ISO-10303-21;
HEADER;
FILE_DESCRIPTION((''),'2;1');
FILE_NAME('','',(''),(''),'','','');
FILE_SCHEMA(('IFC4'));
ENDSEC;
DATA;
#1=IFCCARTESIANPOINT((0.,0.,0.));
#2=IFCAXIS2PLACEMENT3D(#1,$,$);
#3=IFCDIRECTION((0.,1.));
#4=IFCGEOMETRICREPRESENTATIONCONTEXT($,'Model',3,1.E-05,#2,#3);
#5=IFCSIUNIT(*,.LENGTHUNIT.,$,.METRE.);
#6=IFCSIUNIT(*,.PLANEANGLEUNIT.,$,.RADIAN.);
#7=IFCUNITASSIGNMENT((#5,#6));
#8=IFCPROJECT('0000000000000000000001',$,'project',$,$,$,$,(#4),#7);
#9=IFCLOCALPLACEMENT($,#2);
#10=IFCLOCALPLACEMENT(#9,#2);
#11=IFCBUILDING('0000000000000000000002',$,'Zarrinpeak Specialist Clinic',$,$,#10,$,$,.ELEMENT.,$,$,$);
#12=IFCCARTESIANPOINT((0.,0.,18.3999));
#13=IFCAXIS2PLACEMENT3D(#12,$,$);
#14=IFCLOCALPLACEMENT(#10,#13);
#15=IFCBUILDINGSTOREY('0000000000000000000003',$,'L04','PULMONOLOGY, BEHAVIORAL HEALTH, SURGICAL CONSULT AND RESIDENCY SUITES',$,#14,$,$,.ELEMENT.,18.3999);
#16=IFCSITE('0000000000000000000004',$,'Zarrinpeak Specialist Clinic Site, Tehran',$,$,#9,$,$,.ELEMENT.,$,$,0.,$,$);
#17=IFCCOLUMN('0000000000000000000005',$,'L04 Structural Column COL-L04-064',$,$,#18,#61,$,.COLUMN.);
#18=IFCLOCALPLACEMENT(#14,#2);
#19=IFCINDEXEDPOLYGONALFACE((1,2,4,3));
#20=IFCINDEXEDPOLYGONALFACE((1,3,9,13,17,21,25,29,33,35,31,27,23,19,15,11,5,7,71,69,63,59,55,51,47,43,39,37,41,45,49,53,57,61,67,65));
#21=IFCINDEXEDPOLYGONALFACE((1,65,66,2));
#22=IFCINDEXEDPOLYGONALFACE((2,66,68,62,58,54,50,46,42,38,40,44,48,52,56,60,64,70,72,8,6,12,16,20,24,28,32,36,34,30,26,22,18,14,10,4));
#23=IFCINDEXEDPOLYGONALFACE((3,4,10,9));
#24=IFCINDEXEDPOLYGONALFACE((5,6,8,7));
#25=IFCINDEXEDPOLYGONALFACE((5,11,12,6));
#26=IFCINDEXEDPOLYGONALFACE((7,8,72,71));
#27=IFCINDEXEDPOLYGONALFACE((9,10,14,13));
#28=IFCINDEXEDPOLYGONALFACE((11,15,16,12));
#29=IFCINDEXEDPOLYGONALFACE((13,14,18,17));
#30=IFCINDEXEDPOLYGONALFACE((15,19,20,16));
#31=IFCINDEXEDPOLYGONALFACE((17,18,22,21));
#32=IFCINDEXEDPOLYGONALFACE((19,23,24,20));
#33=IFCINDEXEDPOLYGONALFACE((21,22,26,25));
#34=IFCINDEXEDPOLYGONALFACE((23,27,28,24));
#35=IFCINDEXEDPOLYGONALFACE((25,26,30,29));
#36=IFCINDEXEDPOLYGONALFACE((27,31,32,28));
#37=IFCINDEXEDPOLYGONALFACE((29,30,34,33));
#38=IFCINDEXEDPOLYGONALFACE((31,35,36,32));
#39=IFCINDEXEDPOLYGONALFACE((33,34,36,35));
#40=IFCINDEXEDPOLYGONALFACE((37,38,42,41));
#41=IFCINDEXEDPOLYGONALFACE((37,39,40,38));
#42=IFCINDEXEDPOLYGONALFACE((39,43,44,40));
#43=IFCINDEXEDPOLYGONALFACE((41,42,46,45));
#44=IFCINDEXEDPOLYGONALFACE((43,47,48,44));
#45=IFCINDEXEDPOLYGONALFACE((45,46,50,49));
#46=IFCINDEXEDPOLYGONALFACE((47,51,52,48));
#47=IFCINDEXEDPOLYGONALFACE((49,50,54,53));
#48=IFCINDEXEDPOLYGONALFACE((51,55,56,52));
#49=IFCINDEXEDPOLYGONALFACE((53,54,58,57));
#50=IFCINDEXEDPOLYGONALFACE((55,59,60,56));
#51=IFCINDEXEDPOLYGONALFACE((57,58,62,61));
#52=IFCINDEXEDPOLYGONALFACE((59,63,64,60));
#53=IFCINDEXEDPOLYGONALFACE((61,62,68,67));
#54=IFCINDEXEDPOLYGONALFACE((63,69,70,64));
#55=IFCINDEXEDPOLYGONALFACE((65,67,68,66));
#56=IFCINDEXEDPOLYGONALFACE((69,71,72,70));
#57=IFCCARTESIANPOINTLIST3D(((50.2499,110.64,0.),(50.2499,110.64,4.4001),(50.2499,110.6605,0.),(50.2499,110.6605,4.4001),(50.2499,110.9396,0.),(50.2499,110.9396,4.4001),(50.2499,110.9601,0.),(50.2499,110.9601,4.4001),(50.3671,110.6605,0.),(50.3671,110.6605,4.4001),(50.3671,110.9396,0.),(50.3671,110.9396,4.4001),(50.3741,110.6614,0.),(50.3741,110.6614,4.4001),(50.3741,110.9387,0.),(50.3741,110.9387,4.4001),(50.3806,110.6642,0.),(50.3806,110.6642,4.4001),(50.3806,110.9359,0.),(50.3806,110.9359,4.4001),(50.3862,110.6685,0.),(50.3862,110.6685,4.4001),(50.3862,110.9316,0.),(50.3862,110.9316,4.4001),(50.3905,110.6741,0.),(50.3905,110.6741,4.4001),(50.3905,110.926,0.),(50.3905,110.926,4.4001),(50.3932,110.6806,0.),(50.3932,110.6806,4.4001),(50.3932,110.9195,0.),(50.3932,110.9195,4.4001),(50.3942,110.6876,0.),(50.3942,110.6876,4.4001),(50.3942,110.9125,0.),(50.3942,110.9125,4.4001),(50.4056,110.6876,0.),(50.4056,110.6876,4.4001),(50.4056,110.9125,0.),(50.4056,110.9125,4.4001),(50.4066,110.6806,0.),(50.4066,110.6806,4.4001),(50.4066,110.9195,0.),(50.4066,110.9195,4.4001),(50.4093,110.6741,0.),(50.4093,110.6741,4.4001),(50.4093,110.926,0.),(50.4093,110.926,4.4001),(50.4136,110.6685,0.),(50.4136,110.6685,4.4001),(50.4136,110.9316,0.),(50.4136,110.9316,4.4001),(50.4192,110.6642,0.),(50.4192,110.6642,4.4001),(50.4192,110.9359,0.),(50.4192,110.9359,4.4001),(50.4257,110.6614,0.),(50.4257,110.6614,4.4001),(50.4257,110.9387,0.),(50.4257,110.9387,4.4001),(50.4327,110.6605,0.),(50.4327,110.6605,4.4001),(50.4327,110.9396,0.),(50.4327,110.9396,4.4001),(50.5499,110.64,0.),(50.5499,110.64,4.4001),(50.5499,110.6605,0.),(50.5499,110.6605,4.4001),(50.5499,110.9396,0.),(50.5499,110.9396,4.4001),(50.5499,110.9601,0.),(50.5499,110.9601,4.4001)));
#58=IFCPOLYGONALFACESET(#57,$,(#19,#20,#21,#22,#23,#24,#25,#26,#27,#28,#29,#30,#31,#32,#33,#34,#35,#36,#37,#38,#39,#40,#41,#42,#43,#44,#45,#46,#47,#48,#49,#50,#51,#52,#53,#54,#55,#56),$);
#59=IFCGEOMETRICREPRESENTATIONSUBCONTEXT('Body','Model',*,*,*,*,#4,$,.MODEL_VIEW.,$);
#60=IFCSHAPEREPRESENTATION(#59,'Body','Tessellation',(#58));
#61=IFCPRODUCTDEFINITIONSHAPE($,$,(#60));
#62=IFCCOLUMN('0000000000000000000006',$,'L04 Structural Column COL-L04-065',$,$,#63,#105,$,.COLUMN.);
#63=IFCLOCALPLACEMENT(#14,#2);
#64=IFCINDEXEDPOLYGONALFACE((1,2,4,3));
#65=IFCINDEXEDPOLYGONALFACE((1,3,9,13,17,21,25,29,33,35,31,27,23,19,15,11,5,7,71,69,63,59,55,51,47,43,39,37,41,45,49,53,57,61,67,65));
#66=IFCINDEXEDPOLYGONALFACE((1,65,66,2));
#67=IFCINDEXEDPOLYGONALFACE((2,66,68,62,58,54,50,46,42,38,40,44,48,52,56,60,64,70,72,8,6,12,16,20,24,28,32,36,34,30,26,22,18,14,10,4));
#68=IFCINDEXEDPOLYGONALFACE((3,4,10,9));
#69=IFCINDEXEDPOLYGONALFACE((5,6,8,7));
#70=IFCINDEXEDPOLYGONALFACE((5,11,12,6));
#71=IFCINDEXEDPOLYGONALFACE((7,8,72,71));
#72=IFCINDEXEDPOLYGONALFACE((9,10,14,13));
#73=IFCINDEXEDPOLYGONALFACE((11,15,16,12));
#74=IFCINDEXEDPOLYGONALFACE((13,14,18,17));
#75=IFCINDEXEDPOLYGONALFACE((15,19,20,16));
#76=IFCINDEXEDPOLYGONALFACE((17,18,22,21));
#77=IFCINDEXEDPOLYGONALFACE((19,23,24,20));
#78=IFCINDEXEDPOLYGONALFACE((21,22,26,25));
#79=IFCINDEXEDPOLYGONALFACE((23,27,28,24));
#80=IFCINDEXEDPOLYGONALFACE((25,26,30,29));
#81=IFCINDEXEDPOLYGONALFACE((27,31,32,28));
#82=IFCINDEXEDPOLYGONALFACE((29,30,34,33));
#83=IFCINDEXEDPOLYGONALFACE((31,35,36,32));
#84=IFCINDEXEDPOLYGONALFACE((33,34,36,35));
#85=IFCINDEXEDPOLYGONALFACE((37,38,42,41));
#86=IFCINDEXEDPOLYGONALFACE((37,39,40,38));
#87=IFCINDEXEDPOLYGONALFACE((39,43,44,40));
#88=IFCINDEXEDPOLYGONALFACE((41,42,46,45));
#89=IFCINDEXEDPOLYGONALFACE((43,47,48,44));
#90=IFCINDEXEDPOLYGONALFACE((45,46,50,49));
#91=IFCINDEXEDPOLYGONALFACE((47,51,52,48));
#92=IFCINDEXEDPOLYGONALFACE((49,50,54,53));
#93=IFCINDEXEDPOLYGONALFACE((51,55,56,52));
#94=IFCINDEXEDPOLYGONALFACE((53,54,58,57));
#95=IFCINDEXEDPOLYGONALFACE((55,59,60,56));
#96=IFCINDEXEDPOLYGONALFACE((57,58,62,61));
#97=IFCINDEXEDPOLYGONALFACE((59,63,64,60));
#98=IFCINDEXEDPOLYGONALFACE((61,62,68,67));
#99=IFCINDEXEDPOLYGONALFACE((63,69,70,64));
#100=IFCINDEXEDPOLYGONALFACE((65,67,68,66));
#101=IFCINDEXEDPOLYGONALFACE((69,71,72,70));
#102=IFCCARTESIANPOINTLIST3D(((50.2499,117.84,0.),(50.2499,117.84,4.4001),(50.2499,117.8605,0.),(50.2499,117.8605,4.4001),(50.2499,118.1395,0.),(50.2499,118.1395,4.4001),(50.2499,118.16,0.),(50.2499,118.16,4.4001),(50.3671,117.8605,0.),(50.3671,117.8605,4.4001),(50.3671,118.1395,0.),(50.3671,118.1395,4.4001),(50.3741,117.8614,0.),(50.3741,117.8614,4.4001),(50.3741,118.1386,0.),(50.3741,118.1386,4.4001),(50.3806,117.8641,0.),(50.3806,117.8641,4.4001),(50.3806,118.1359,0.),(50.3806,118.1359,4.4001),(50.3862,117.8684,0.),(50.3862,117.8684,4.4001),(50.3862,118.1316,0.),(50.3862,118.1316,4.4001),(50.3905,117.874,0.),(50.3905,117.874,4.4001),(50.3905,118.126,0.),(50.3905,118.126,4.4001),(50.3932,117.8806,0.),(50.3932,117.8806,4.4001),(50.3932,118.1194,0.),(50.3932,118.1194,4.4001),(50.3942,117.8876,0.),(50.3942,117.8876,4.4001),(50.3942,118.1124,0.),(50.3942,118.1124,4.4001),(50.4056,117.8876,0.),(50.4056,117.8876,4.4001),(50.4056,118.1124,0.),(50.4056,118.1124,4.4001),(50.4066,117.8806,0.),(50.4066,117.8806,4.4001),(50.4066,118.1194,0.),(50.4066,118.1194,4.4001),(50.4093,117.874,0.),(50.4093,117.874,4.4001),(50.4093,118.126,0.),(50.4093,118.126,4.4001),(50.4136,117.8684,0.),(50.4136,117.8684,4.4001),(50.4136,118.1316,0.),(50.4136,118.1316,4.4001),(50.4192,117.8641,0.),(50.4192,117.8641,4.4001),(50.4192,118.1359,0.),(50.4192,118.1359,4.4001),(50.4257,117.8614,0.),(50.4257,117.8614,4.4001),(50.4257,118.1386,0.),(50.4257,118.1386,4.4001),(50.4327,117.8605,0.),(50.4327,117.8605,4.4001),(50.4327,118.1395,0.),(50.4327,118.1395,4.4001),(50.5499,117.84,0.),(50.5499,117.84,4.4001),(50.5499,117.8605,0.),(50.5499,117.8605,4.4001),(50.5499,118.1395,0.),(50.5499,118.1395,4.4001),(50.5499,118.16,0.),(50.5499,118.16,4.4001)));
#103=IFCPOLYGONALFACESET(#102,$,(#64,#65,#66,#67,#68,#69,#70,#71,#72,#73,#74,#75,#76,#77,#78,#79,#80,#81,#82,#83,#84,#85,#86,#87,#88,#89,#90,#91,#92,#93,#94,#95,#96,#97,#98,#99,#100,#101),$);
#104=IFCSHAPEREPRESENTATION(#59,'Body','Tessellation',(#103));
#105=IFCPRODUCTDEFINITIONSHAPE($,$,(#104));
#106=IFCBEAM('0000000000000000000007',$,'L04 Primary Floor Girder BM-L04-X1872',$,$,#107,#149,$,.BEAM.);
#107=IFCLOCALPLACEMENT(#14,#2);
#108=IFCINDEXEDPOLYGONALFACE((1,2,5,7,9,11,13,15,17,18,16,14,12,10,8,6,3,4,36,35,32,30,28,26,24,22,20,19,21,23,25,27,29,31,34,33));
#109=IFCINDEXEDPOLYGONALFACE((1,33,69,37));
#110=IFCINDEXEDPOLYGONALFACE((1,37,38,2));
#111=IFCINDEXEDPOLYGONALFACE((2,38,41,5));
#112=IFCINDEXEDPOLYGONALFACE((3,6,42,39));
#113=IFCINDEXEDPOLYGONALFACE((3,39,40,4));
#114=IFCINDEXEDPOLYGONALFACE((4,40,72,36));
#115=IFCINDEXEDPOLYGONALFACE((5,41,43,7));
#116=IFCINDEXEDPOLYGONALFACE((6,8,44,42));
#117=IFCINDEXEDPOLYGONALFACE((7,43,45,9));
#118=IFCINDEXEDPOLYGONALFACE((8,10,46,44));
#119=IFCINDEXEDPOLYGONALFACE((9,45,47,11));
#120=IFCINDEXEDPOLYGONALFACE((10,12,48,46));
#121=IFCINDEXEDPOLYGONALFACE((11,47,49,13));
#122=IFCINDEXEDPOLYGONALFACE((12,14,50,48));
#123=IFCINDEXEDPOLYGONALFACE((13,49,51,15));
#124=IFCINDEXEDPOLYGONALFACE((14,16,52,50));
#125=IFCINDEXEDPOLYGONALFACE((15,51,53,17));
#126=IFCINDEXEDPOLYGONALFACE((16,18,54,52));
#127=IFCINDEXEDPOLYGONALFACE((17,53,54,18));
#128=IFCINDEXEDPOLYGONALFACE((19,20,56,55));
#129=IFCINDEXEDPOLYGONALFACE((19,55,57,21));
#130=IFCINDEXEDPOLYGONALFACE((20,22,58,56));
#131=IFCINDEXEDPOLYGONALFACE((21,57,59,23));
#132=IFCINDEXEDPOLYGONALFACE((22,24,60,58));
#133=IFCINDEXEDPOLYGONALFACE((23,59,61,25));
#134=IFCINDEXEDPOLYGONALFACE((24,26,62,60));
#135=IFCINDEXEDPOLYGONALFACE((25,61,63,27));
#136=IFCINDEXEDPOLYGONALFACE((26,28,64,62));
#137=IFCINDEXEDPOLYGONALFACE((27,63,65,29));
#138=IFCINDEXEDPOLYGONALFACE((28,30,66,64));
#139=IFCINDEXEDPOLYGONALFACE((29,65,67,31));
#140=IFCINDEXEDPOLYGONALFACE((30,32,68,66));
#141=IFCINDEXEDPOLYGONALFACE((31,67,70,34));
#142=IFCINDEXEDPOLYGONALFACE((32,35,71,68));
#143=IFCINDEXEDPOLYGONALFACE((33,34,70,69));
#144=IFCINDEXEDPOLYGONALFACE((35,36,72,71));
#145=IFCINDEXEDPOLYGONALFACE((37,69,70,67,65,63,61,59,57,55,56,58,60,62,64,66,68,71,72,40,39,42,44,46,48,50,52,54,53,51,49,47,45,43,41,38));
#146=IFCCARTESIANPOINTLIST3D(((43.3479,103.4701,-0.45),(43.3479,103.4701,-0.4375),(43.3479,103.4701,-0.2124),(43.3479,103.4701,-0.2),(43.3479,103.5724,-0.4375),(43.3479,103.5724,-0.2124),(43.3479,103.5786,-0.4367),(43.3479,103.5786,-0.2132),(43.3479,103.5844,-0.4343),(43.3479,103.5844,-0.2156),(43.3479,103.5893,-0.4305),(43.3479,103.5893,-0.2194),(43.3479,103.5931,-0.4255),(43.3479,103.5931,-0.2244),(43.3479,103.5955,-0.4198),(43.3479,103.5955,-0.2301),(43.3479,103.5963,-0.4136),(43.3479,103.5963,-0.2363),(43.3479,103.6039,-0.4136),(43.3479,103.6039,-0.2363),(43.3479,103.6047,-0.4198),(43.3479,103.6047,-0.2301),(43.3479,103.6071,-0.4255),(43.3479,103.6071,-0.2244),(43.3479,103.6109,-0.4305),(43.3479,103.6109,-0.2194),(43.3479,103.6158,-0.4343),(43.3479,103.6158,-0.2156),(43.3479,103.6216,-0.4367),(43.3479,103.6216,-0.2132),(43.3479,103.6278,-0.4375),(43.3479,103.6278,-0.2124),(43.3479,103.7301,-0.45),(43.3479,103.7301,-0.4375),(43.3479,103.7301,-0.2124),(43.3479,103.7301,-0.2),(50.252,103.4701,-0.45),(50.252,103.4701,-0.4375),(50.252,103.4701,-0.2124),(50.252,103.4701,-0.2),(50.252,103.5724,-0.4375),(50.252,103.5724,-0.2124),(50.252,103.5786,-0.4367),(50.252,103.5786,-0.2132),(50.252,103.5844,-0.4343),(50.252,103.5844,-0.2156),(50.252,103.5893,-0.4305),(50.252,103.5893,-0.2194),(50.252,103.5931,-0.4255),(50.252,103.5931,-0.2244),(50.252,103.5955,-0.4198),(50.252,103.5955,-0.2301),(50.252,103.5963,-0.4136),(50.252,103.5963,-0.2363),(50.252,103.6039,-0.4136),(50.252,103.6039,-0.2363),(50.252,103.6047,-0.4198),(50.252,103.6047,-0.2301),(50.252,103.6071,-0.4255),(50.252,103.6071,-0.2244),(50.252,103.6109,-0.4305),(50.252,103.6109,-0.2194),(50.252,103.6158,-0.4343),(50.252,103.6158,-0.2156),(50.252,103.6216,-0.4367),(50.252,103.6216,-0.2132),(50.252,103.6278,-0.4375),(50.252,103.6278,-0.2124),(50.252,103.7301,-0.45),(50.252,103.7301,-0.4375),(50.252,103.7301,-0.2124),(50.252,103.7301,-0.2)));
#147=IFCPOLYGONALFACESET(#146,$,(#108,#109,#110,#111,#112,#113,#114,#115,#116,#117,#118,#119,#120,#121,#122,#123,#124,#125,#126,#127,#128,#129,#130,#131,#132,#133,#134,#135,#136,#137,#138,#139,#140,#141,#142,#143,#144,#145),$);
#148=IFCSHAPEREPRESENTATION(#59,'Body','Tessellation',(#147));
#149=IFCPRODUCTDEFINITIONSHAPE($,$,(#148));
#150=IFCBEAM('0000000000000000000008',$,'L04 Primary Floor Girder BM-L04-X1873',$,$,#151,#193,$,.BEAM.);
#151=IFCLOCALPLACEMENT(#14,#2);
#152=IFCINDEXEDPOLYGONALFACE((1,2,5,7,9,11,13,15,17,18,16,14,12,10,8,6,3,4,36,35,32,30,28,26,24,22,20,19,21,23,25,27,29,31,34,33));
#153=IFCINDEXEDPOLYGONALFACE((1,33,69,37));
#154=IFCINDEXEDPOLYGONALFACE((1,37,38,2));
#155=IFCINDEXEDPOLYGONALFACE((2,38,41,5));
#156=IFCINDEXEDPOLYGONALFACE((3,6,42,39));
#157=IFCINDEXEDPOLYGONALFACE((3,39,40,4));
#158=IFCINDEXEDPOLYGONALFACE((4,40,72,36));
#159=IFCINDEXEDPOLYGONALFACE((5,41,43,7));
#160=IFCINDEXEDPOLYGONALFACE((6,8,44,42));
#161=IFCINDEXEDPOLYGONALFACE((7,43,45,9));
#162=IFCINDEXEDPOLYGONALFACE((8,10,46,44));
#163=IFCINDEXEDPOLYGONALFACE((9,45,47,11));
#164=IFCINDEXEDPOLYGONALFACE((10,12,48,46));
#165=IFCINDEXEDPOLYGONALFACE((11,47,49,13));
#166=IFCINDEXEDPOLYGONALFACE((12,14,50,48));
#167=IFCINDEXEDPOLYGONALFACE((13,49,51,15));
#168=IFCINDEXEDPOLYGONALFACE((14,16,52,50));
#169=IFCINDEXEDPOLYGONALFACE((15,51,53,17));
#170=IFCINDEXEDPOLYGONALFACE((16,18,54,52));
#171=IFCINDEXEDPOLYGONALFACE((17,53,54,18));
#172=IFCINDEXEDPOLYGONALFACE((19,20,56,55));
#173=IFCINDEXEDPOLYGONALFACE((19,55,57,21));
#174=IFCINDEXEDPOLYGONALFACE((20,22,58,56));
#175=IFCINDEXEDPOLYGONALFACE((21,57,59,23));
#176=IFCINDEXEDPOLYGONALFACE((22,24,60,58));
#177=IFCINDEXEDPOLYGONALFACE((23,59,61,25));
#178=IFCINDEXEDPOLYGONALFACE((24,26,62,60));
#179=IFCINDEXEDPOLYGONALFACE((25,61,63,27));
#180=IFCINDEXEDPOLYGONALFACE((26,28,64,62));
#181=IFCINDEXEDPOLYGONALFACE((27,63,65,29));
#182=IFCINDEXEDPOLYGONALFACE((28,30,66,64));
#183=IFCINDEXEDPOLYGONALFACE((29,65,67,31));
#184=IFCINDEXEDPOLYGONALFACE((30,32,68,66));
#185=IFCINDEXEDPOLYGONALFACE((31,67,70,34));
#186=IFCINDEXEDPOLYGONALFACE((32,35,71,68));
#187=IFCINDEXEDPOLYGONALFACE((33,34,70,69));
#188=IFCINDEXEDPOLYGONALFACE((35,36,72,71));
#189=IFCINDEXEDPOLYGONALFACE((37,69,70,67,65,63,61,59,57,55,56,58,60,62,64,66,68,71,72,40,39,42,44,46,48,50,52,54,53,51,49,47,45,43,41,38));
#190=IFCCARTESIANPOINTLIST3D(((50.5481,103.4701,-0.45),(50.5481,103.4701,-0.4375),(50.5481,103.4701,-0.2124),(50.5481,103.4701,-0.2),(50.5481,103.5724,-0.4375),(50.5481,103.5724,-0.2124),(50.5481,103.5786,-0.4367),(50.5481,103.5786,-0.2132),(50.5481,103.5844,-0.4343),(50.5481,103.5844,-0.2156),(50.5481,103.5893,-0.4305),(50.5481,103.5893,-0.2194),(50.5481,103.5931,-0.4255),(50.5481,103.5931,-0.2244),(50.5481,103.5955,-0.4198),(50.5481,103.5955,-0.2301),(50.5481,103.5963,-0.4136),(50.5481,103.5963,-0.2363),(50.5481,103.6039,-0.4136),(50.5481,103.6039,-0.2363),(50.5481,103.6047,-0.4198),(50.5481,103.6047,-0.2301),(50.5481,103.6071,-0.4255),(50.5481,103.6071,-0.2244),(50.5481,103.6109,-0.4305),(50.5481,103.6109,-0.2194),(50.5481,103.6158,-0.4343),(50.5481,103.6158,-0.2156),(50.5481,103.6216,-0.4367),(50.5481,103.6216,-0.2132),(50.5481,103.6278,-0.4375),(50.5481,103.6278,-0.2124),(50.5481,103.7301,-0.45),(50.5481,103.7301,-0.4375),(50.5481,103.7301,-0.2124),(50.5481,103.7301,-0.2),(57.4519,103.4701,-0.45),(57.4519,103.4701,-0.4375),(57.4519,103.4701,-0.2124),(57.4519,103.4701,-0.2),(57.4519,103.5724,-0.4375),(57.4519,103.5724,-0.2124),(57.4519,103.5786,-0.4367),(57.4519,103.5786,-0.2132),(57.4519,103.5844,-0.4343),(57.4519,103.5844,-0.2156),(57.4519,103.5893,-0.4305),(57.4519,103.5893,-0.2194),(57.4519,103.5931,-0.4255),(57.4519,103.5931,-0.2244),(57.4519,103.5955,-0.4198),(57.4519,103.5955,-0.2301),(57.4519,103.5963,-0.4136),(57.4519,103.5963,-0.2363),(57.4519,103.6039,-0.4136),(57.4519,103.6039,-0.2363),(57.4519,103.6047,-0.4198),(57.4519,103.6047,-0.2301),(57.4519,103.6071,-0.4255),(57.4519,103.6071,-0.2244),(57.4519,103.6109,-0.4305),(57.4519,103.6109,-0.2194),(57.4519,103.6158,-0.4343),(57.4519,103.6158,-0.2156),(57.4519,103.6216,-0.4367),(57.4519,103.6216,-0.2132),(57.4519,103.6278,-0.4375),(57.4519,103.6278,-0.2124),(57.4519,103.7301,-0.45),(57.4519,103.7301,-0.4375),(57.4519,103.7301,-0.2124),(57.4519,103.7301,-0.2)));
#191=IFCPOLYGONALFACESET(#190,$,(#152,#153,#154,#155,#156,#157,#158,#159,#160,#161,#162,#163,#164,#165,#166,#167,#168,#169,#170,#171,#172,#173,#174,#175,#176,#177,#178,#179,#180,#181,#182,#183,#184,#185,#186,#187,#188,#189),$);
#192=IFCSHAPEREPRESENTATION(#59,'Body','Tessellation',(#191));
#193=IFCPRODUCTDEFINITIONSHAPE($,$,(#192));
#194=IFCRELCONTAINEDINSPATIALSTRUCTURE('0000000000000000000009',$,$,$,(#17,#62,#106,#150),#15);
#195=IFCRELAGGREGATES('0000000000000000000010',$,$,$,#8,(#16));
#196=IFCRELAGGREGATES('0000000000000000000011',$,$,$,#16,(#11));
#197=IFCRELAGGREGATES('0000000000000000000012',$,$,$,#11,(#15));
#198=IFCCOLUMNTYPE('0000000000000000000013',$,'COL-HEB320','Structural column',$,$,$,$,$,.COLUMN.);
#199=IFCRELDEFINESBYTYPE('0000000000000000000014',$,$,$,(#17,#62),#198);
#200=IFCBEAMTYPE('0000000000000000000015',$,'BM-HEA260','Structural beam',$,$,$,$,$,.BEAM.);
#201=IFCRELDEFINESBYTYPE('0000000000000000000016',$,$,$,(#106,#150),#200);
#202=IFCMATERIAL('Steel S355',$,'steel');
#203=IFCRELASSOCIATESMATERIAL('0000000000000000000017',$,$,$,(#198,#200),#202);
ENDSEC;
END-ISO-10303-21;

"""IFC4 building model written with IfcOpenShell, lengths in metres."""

from ifc_helpers import new_model, si_unit, direction, frame, origin, origin_2d, place, context, subcontext, project, spatial, i_section, extrude, material, material_profile, profile_set, type_object, element, save


model = new_model("IFC4")

# Units and contexts
model_context = context("Model", 3, precision=1e-05, world=origin(), true_north=direction((0.0, 1.0)))
body_context = subcontext(model_context, "Body", "Model", "MODEL_VIEW")
ifc_project = project(units=[si_unit("LENGTHUNIT", "METRE"), si_unit("PLANEANGLEUNIT", "RADIAN")], contexts=[model_context])

# Site, building, storey
site_placement = place(None, origin())
site = spatial("IfcSite", under=ifc_project, at=site_placement, Name="Zarrinpeak Specialist Clinic Site, Tehran", CompositionType="ELEMENT", RefElevation=0.0)
building_placement = place(site_placement, origin())
building = spatial("IfcBuilding", under=site, at=building_placement, Name="Zarrinpeak Specialist Clinic", CompositionType="ELEMENT")
storey_placement = place(building_placement, frame((0.0, 0.0, 18.3999)))
storey = spatial("IfcBuildingStorey", under=building, at=storey_placement, Name="L04", Description="PULMONOLOGY, BEHAVIORAL HEALTH, SURGICAL CONSULT AND RESIDENCY SUITES", CompositionType="ELEMENT", Elevation=18.3999)

# Columns
ifc_material_1 = material(Name="Steel S355", Category="steel")
ifc_material_profile_1 = material_profile(ifc_material_1, i_section(OverallWidth=0.3, OverallDepth=0.3201, WebThickness=0.0115, FlangeThickness=0.0205, FilletRadius=0.0271, at=origin_2d()), Name="HEB 320")
ifc_profile_set_1 = profile_set([ifc_material_profile_1], Name="Steel S355")
column_type = type_object("IfcColumnType", Name="COL-HEB320", Description="Structural column", PredefinedType="COLUMN", material=ifc_profile_set_1)
for number, where, z_axis, x_axis, name in (
    (1, (50.3999, 110.8, 0.0), (0.0, 0.0, 1.0), (1.0, 0.0, 0.0), "L04 Structural Column COL-L04-064"),
    (2, (50.3999, 118.0, 0.0), (0.0, 0.0, 1.0), (1.0, 0.0, 0.0), "L04 Structural Column COL-L04-065"),
):
    element("IfcColumn", number, at=place(storey_placement, frame(where, z_axis=z_axis, x_axis=x_axis)), inside=storey, type_object=column_type, Name=name, PredefinedType="COLUMN", context=body_context, shape_type="SweptSolid", body=[
        extrude(i_section(OverallWidth=0.3, OverallDepth=0.3201, WebThickness=0.0115, FlangeThickness=0.0205, FilletRadius=0.0271, at=origin_2d()), origin(), (0.0, 0.0, 1.0), 4.4001),
    ])

# Beams
ifc_material_profile_2 = material_profile(ifc_material_1, i_section(OverallWidth=0.26, OverallDepth=0.25, WebThickness=0.0076, FlangeThickness=0.0125, FilletRadius=0.0239, at=origin_2d()), Name="HEA 260")
ifc_profile_set_2 = profile_set([ifc_material_profile_2], Name="Steel S355")
beam_type_1 = type_object("IfcBeamType", Name="BM-HEA260", Description="Structural beam", PredefinedType="BEAM", material=ifc_profile_set_2)
beam_1_placement = place(storey_placement, frame((43.3479, 103.6001, -0.325), z_axis=(1.0, 0.0, 0.0), x_axis=(0.0, 1.0, 0.0)))
element("IfcBeam", 3, at=beam_1_placement, inside=storey, type_object=beam_type_1, Name="L04 Primary Floor Girder BM-L04-X1872", PredefinedType="BEAM", context=body_context, shape_type="SweptSolid", body=[
    extrude(i_section(OverallWidth=0.26, OverallDepth=0.25, WebThickness=0.0076, FlangeThickness=0.0125, FilletRadius=0.0239, at=origin_2d()), origin(), (0.0, 0.0, 1.0), 6.9041),
])
beam_2_placement = place(storey_placement, frame((50.5481, 103.6001, -0.325), z_axis=(1.0, 0.0, 0.0), x_axis=(0.0, 1.0, 0.0)))
element("IfcBeam", 4, at=beam_2_placement, inside=storey, type_object=beam_type_1, Name="L04 Primary Floor Girder BM-L04-X1873", PredefinedType="BEAM", context=body_context, shape_type="SweptSolid", body=[
    extrude(i_section(OverallWidth=0.26, OverallDepth=0.25, WebThickness=0.0076, FlangeThickness=0.0125, FilletRadius=0.0239, at=origin_2d()), origin(), (0.0, 0.0, 1.0), 6.9038),
])

save(model, "model.ifc")
